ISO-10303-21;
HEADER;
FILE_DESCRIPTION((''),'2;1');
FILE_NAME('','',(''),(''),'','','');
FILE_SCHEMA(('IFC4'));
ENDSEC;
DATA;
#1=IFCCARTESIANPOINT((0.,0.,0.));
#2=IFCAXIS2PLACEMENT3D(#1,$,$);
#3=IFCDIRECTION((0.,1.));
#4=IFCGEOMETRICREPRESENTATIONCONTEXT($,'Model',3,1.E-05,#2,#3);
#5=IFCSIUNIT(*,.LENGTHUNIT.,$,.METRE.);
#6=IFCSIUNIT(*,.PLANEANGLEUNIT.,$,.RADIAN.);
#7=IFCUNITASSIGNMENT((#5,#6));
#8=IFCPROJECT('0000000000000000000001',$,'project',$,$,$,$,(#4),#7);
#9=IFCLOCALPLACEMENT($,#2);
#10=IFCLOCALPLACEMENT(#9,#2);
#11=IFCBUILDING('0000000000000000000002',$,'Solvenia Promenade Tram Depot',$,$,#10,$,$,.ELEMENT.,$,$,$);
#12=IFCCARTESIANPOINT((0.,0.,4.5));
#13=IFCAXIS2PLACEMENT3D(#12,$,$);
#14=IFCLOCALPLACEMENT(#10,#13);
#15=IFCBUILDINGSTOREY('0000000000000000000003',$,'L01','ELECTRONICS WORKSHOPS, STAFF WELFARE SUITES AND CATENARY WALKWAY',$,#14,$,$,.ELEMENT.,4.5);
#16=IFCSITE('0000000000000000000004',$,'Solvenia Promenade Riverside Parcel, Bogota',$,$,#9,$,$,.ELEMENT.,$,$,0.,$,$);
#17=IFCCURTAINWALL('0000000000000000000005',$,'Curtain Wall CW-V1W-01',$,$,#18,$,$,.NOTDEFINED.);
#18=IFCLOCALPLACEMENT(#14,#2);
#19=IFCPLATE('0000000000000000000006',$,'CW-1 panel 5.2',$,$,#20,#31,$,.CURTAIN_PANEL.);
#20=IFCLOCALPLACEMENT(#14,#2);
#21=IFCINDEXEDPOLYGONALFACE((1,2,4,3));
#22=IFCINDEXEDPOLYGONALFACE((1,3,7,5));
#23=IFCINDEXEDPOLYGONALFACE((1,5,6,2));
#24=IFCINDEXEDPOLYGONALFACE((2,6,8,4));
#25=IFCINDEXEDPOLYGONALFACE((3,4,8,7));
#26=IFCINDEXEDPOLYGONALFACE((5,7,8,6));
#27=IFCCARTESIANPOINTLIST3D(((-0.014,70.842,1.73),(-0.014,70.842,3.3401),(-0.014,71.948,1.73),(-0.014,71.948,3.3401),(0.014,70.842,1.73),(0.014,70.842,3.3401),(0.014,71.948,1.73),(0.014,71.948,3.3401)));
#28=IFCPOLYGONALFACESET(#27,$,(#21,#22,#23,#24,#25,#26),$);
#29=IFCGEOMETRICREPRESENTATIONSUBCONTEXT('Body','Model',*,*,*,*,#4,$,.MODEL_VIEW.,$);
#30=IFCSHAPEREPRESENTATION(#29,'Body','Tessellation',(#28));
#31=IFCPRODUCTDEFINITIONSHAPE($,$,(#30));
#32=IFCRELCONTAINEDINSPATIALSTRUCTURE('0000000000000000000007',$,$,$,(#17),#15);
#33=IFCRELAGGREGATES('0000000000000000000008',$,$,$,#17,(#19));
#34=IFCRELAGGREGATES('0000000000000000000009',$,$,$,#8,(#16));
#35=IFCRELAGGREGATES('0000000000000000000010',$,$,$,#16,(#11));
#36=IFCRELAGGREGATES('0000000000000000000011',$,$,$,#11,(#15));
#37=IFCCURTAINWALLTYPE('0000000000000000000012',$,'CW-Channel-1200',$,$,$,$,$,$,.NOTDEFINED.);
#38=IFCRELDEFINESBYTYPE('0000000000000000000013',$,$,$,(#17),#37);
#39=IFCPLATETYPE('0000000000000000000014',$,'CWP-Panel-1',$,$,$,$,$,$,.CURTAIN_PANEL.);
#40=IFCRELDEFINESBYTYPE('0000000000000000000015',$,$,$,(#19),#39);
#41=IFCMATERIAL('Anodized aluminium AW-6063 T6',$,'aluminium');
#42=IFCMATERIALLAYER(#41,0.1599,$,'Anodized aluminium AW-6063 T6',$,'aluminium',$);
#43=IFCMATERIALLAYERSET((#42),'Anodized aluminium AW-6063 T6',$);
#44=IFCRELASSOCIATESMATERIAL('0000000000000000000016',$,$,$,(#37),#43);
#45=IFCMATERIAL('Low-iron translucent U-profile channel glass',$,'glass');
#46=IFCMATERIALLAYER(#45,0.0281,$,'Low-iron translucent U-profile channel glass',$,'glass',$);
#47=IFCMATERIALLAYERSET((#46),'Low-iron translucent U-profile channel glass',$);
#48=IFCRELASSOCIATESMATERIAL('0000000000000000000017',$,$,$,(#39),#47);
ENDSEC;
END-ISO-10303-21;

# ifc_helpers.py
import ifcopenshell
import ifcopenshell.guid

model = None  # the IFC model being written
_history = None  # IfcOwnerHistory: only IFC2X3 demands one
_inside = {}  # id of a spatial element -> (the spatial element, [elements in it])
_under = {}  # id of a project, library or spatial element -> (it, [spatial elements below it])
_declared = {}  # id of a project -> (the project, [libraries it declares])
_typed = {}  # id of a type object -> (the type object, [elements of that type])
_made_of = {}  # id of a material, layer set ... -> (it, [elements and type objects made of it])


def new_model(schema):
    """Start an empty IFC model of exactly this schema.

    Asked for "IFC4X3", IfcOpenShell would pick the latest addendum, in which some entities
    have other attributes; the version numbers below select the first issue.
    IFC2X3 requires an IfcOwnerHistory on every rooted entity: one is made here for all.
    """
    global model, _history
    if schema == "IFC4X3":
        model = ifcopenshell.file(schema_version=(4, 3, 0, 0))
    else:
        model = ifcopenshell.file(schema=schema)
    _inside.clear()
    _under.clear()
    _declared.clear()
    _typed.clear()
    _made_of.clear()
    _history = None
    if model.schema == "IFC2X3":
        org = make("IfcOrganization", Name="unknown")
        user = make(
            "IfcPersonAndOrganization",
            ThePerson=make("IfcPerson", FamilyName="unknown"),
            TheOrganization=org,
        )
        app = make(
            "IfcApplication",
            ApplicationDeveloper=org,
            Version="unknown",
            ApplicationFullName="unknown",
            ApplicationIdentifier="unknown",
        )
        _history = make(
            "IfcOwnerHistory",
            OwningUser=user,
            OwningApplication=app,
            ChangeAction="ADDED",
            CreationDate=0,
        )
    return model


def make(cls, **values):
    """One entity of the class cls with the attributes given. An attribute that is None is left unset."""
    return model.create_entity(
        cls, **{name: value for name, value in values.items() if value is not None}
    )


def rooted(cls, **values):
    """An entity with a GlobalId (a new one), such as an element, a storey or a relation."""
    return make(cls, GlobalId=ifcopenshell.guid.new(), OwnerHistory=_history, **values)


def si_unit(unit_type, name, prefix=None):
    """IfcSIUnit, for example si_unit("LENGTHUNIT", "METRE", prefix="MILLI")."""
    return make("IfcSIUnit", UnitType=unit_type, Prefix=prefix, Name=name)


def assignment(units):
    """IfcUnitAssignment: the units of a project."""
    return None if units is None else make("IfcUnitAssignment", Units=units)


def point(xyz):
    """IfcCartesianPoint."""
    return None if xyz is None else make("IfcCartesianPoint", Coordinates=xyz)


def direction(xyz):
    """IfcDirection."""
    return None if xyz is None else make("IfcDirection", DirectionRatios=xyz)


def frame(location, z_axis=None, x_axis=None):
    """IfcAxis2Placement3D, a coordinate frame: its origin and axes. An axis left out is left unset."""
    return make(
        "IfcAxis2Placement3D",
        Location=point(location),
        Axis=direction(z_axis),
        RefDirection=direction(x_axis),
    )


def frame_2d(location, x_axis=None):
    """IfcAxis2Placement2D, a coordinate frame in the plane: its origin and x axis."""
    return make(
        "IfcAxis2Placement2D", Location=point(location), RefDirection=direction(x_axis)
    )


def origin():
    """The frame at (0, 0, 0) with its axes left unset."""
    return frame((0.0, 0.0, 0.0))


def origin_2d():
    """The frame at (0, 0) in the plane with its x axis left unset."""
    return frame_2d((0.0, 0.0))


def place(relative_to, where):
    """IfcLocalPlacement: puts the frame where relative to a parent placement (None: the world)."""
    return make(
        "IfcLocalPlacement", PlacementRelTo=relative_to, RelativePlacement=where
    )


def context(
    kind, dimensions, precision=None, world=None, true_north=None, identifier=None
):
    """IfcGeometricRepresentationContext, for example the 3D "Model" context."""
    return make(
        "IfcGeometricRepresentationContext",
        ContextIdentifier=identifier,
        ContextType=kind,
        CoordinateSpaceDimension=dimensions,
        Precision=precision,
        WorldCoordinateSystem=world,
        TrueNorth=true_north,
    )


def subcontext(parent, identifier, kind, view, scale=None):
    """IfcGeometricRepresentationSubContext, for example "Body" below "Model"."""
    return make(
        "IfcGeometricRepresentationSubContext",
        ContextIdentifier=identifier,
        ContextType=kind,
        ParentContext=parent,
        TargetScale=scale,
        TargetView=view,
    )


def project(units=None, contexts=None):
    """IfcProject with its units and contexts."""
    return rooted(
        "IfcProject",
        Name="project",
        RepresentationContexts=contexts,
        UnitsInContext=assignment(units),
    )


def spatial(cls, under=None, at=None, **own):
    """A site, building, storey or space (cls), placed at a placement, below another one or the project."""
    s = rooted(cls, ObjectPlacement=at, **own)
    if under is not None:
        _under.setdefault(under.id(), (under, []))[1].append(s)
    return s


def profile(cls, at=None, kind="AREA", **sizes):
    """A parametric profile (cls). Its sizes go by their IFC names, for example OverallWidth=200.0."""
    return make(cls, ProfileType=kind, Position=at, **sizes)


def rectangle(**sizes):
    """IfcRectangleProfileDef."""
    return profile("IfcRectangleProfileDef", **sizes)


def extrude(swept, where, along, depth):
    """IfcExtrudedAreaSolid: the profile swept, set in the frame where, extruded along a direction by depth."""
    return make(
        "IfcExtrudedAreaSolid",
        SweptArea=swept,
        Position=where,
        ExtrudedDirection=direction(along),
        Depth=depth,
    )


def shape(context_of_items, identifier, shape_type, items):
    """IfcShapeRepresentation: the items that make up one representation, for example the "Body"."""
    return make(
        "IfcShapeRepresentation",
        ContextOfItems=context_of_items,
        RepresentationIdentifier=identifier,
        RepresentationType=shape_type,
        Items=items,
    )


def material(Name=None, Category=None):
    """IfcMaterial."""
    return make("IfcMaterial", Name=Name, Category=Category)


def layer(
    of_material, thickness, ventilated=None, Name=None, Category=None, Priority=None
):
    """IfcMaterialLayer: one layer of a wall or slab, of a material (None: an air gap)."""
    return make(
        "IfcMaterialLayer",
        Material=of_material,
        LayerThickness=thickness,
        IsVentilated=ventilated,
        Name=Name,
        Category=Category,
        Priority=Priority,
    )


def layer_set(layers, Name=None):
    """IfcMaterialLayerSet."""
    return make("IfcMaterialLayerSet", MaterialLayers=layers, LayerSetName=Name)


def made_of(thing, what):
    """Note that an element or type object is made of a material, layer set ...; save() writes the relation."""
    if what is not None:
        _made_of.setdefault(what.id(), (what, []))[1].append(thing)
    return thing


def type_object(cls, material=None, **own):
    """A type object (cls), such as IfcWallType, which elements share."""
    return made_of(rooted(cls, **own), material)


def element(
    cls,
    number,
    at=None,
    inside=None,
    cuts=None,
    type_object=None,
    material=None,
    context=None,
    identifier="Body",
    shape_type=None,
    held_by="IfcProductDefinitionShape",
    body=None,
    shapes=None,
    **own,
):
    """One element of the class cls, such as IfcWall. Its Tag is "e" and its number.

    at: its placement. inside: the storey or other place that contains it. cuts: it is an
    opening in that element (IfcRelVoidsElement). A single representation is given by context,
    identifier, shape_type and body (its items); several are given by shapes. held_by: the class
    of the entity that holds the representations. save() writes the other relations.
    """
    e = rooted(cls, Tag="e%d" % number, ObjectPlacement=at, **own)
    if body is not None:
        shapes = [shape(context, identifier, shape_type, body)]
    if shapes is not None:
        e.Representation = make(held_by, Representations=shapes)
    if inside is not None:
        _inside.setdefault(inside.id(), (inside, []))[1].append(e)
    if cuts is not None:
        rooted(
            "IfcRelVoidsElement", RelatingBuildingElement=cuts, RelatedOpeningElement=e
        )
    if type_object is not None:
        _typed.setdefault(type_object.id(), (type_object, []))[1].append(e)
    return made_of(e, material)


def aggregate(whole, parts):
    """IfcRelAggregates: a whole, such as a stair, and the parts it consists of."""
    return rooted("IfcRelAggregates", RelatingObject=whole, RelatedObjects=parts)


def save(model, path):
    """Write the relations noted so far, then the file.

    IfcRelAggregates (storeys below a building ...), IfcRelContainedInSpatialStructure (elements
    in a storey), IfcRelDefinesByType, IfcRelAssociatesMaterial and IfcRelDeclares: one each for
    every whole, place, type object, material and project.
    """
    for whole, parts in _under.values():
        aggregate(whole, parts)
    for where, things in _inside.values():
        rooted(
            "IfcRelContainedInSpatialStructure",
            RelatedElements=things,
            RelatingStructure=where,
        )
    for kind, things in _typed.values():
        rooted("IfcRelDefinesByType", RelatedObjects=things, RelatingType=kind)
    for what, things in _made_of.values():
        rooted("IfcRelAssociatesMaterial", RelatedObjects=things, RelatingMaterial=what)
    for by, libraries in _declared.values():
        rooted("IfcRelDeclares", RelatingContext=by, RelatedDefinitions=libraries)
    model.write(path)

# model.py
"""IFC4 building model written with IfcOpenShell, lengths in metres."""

from ifc_helpers import new_model, si_unit, direction, frame, origin, origin_2d, place, context, subcontext, project, spatial, rectangle, extrude, material, layer, layer_set, type_object, element, aggregate, save


model = new_model("IFC4")

# Units and contexts
model_context = context("Model", 3, precision=1e-05, world=origin(), true_north=direction((0.0, 1.0)))
body_context = subcontext(model_context, "Body", "Model", "MODEL_VIEW")
ifc_project = project(units=[si_unit("LENGTHUNIT", "METRE"), si_unit("PLANEANGLEUNIT", "RADIAN")], contexts=[model_context])

# Site, building, storey
site_placement = place(None, origin())
site = spatial("IfcSite", under=ifc_project, at=site_placement, Name="Solvenia Promenade Riverside Parcel, Bogota", CompositionType="ELEMENT", RefElevation=0.0)
building_placement = place(site_placement, origin())
building = spatial("IfcBuilding", under=site, at=building_placement, Name="Solvenia Promenade Tram Depot", CompositionType="ELEMENT")
storey_placement = place(building_placement, frame((0.0, 0.0, 4.5)))
storey = spatial("IfcBuildingStorey", under=building, at=storey_placement, Name="L01", Description="ELECTRONICS WORKSHOPS, STAFF WELFARE SUITES AND CATENARY WALKWAY", CompositionType="ELEMENT", Elevation=4.5)

# Curtain wall
ifc_material_1 = material(Name="Anodized aluminium AW-6063 T6", Category="aluminium")
ifc_layer_1 = layer(ifc_material_1, 0.1599, Name="Anodized aluminium AW-6063 T6", Category="aluminium")
ifc_layer_set_1 = layer_set([ifc_layer_1], Name="Anodized aluminium AW-6063 T6")
curtain_wall_type = type_object("IfcCurtainWallType", Name="CW-Channel-1200", PredefinedType="NOTDEFINED", material=ifc_layer_set_1)
curtain_wall_placement = place(storey_placement, origin())
curtain_wall = element("IfcCurtainWall", 1, at=curtain_wall_placement, inside=storey, type_object=curtain_wall_type, Name="Curtain Wall CW-V1W-01", PredefinedType="NOTDEFINED")

# Plate
ifc_material_2 = material(Name="Low-iron translucent U-profile channel glass", Category="glass")
ifc_layer_2 = layer(ifc_material_2, 0.0281, Name="Low-iron translucent U-profile channel glass", Category="glass")
ifc_layer_set_2 = layer_set([ifc_layer_2], Name="Low-iron translucent U-profile channel glass")
plate_type = type_object("IfcPlateType", Name="CWP-Panel-1", PredefinedType="CURTAIN_PANEL", material=ifc_layer_set_2)
plate_1_placement = place(storey_placement, frame((0.0, 71.395, 1.73), z_axis=(0.0, 0.0, 1.0), x_axis=(0.0, 1.0, 0.0)))
plate_1 = element("IfcPlate", 2, at=plate_1_placement, type_object=plate_type, Name="CW-1 panel 5.2", PredefinedType="CURTAIN_PANEL", context=body_context, shape_type="SweptSolid", body=[
    extrude(rectangle(XDim=1.106, YDim=0.0281, at=origin_2d()), origin(), (0.0, 0.0, 1.0), 1.6101),
])
aggregate(curtain_wall, [plate_1])

save(model, "model.ifc")
